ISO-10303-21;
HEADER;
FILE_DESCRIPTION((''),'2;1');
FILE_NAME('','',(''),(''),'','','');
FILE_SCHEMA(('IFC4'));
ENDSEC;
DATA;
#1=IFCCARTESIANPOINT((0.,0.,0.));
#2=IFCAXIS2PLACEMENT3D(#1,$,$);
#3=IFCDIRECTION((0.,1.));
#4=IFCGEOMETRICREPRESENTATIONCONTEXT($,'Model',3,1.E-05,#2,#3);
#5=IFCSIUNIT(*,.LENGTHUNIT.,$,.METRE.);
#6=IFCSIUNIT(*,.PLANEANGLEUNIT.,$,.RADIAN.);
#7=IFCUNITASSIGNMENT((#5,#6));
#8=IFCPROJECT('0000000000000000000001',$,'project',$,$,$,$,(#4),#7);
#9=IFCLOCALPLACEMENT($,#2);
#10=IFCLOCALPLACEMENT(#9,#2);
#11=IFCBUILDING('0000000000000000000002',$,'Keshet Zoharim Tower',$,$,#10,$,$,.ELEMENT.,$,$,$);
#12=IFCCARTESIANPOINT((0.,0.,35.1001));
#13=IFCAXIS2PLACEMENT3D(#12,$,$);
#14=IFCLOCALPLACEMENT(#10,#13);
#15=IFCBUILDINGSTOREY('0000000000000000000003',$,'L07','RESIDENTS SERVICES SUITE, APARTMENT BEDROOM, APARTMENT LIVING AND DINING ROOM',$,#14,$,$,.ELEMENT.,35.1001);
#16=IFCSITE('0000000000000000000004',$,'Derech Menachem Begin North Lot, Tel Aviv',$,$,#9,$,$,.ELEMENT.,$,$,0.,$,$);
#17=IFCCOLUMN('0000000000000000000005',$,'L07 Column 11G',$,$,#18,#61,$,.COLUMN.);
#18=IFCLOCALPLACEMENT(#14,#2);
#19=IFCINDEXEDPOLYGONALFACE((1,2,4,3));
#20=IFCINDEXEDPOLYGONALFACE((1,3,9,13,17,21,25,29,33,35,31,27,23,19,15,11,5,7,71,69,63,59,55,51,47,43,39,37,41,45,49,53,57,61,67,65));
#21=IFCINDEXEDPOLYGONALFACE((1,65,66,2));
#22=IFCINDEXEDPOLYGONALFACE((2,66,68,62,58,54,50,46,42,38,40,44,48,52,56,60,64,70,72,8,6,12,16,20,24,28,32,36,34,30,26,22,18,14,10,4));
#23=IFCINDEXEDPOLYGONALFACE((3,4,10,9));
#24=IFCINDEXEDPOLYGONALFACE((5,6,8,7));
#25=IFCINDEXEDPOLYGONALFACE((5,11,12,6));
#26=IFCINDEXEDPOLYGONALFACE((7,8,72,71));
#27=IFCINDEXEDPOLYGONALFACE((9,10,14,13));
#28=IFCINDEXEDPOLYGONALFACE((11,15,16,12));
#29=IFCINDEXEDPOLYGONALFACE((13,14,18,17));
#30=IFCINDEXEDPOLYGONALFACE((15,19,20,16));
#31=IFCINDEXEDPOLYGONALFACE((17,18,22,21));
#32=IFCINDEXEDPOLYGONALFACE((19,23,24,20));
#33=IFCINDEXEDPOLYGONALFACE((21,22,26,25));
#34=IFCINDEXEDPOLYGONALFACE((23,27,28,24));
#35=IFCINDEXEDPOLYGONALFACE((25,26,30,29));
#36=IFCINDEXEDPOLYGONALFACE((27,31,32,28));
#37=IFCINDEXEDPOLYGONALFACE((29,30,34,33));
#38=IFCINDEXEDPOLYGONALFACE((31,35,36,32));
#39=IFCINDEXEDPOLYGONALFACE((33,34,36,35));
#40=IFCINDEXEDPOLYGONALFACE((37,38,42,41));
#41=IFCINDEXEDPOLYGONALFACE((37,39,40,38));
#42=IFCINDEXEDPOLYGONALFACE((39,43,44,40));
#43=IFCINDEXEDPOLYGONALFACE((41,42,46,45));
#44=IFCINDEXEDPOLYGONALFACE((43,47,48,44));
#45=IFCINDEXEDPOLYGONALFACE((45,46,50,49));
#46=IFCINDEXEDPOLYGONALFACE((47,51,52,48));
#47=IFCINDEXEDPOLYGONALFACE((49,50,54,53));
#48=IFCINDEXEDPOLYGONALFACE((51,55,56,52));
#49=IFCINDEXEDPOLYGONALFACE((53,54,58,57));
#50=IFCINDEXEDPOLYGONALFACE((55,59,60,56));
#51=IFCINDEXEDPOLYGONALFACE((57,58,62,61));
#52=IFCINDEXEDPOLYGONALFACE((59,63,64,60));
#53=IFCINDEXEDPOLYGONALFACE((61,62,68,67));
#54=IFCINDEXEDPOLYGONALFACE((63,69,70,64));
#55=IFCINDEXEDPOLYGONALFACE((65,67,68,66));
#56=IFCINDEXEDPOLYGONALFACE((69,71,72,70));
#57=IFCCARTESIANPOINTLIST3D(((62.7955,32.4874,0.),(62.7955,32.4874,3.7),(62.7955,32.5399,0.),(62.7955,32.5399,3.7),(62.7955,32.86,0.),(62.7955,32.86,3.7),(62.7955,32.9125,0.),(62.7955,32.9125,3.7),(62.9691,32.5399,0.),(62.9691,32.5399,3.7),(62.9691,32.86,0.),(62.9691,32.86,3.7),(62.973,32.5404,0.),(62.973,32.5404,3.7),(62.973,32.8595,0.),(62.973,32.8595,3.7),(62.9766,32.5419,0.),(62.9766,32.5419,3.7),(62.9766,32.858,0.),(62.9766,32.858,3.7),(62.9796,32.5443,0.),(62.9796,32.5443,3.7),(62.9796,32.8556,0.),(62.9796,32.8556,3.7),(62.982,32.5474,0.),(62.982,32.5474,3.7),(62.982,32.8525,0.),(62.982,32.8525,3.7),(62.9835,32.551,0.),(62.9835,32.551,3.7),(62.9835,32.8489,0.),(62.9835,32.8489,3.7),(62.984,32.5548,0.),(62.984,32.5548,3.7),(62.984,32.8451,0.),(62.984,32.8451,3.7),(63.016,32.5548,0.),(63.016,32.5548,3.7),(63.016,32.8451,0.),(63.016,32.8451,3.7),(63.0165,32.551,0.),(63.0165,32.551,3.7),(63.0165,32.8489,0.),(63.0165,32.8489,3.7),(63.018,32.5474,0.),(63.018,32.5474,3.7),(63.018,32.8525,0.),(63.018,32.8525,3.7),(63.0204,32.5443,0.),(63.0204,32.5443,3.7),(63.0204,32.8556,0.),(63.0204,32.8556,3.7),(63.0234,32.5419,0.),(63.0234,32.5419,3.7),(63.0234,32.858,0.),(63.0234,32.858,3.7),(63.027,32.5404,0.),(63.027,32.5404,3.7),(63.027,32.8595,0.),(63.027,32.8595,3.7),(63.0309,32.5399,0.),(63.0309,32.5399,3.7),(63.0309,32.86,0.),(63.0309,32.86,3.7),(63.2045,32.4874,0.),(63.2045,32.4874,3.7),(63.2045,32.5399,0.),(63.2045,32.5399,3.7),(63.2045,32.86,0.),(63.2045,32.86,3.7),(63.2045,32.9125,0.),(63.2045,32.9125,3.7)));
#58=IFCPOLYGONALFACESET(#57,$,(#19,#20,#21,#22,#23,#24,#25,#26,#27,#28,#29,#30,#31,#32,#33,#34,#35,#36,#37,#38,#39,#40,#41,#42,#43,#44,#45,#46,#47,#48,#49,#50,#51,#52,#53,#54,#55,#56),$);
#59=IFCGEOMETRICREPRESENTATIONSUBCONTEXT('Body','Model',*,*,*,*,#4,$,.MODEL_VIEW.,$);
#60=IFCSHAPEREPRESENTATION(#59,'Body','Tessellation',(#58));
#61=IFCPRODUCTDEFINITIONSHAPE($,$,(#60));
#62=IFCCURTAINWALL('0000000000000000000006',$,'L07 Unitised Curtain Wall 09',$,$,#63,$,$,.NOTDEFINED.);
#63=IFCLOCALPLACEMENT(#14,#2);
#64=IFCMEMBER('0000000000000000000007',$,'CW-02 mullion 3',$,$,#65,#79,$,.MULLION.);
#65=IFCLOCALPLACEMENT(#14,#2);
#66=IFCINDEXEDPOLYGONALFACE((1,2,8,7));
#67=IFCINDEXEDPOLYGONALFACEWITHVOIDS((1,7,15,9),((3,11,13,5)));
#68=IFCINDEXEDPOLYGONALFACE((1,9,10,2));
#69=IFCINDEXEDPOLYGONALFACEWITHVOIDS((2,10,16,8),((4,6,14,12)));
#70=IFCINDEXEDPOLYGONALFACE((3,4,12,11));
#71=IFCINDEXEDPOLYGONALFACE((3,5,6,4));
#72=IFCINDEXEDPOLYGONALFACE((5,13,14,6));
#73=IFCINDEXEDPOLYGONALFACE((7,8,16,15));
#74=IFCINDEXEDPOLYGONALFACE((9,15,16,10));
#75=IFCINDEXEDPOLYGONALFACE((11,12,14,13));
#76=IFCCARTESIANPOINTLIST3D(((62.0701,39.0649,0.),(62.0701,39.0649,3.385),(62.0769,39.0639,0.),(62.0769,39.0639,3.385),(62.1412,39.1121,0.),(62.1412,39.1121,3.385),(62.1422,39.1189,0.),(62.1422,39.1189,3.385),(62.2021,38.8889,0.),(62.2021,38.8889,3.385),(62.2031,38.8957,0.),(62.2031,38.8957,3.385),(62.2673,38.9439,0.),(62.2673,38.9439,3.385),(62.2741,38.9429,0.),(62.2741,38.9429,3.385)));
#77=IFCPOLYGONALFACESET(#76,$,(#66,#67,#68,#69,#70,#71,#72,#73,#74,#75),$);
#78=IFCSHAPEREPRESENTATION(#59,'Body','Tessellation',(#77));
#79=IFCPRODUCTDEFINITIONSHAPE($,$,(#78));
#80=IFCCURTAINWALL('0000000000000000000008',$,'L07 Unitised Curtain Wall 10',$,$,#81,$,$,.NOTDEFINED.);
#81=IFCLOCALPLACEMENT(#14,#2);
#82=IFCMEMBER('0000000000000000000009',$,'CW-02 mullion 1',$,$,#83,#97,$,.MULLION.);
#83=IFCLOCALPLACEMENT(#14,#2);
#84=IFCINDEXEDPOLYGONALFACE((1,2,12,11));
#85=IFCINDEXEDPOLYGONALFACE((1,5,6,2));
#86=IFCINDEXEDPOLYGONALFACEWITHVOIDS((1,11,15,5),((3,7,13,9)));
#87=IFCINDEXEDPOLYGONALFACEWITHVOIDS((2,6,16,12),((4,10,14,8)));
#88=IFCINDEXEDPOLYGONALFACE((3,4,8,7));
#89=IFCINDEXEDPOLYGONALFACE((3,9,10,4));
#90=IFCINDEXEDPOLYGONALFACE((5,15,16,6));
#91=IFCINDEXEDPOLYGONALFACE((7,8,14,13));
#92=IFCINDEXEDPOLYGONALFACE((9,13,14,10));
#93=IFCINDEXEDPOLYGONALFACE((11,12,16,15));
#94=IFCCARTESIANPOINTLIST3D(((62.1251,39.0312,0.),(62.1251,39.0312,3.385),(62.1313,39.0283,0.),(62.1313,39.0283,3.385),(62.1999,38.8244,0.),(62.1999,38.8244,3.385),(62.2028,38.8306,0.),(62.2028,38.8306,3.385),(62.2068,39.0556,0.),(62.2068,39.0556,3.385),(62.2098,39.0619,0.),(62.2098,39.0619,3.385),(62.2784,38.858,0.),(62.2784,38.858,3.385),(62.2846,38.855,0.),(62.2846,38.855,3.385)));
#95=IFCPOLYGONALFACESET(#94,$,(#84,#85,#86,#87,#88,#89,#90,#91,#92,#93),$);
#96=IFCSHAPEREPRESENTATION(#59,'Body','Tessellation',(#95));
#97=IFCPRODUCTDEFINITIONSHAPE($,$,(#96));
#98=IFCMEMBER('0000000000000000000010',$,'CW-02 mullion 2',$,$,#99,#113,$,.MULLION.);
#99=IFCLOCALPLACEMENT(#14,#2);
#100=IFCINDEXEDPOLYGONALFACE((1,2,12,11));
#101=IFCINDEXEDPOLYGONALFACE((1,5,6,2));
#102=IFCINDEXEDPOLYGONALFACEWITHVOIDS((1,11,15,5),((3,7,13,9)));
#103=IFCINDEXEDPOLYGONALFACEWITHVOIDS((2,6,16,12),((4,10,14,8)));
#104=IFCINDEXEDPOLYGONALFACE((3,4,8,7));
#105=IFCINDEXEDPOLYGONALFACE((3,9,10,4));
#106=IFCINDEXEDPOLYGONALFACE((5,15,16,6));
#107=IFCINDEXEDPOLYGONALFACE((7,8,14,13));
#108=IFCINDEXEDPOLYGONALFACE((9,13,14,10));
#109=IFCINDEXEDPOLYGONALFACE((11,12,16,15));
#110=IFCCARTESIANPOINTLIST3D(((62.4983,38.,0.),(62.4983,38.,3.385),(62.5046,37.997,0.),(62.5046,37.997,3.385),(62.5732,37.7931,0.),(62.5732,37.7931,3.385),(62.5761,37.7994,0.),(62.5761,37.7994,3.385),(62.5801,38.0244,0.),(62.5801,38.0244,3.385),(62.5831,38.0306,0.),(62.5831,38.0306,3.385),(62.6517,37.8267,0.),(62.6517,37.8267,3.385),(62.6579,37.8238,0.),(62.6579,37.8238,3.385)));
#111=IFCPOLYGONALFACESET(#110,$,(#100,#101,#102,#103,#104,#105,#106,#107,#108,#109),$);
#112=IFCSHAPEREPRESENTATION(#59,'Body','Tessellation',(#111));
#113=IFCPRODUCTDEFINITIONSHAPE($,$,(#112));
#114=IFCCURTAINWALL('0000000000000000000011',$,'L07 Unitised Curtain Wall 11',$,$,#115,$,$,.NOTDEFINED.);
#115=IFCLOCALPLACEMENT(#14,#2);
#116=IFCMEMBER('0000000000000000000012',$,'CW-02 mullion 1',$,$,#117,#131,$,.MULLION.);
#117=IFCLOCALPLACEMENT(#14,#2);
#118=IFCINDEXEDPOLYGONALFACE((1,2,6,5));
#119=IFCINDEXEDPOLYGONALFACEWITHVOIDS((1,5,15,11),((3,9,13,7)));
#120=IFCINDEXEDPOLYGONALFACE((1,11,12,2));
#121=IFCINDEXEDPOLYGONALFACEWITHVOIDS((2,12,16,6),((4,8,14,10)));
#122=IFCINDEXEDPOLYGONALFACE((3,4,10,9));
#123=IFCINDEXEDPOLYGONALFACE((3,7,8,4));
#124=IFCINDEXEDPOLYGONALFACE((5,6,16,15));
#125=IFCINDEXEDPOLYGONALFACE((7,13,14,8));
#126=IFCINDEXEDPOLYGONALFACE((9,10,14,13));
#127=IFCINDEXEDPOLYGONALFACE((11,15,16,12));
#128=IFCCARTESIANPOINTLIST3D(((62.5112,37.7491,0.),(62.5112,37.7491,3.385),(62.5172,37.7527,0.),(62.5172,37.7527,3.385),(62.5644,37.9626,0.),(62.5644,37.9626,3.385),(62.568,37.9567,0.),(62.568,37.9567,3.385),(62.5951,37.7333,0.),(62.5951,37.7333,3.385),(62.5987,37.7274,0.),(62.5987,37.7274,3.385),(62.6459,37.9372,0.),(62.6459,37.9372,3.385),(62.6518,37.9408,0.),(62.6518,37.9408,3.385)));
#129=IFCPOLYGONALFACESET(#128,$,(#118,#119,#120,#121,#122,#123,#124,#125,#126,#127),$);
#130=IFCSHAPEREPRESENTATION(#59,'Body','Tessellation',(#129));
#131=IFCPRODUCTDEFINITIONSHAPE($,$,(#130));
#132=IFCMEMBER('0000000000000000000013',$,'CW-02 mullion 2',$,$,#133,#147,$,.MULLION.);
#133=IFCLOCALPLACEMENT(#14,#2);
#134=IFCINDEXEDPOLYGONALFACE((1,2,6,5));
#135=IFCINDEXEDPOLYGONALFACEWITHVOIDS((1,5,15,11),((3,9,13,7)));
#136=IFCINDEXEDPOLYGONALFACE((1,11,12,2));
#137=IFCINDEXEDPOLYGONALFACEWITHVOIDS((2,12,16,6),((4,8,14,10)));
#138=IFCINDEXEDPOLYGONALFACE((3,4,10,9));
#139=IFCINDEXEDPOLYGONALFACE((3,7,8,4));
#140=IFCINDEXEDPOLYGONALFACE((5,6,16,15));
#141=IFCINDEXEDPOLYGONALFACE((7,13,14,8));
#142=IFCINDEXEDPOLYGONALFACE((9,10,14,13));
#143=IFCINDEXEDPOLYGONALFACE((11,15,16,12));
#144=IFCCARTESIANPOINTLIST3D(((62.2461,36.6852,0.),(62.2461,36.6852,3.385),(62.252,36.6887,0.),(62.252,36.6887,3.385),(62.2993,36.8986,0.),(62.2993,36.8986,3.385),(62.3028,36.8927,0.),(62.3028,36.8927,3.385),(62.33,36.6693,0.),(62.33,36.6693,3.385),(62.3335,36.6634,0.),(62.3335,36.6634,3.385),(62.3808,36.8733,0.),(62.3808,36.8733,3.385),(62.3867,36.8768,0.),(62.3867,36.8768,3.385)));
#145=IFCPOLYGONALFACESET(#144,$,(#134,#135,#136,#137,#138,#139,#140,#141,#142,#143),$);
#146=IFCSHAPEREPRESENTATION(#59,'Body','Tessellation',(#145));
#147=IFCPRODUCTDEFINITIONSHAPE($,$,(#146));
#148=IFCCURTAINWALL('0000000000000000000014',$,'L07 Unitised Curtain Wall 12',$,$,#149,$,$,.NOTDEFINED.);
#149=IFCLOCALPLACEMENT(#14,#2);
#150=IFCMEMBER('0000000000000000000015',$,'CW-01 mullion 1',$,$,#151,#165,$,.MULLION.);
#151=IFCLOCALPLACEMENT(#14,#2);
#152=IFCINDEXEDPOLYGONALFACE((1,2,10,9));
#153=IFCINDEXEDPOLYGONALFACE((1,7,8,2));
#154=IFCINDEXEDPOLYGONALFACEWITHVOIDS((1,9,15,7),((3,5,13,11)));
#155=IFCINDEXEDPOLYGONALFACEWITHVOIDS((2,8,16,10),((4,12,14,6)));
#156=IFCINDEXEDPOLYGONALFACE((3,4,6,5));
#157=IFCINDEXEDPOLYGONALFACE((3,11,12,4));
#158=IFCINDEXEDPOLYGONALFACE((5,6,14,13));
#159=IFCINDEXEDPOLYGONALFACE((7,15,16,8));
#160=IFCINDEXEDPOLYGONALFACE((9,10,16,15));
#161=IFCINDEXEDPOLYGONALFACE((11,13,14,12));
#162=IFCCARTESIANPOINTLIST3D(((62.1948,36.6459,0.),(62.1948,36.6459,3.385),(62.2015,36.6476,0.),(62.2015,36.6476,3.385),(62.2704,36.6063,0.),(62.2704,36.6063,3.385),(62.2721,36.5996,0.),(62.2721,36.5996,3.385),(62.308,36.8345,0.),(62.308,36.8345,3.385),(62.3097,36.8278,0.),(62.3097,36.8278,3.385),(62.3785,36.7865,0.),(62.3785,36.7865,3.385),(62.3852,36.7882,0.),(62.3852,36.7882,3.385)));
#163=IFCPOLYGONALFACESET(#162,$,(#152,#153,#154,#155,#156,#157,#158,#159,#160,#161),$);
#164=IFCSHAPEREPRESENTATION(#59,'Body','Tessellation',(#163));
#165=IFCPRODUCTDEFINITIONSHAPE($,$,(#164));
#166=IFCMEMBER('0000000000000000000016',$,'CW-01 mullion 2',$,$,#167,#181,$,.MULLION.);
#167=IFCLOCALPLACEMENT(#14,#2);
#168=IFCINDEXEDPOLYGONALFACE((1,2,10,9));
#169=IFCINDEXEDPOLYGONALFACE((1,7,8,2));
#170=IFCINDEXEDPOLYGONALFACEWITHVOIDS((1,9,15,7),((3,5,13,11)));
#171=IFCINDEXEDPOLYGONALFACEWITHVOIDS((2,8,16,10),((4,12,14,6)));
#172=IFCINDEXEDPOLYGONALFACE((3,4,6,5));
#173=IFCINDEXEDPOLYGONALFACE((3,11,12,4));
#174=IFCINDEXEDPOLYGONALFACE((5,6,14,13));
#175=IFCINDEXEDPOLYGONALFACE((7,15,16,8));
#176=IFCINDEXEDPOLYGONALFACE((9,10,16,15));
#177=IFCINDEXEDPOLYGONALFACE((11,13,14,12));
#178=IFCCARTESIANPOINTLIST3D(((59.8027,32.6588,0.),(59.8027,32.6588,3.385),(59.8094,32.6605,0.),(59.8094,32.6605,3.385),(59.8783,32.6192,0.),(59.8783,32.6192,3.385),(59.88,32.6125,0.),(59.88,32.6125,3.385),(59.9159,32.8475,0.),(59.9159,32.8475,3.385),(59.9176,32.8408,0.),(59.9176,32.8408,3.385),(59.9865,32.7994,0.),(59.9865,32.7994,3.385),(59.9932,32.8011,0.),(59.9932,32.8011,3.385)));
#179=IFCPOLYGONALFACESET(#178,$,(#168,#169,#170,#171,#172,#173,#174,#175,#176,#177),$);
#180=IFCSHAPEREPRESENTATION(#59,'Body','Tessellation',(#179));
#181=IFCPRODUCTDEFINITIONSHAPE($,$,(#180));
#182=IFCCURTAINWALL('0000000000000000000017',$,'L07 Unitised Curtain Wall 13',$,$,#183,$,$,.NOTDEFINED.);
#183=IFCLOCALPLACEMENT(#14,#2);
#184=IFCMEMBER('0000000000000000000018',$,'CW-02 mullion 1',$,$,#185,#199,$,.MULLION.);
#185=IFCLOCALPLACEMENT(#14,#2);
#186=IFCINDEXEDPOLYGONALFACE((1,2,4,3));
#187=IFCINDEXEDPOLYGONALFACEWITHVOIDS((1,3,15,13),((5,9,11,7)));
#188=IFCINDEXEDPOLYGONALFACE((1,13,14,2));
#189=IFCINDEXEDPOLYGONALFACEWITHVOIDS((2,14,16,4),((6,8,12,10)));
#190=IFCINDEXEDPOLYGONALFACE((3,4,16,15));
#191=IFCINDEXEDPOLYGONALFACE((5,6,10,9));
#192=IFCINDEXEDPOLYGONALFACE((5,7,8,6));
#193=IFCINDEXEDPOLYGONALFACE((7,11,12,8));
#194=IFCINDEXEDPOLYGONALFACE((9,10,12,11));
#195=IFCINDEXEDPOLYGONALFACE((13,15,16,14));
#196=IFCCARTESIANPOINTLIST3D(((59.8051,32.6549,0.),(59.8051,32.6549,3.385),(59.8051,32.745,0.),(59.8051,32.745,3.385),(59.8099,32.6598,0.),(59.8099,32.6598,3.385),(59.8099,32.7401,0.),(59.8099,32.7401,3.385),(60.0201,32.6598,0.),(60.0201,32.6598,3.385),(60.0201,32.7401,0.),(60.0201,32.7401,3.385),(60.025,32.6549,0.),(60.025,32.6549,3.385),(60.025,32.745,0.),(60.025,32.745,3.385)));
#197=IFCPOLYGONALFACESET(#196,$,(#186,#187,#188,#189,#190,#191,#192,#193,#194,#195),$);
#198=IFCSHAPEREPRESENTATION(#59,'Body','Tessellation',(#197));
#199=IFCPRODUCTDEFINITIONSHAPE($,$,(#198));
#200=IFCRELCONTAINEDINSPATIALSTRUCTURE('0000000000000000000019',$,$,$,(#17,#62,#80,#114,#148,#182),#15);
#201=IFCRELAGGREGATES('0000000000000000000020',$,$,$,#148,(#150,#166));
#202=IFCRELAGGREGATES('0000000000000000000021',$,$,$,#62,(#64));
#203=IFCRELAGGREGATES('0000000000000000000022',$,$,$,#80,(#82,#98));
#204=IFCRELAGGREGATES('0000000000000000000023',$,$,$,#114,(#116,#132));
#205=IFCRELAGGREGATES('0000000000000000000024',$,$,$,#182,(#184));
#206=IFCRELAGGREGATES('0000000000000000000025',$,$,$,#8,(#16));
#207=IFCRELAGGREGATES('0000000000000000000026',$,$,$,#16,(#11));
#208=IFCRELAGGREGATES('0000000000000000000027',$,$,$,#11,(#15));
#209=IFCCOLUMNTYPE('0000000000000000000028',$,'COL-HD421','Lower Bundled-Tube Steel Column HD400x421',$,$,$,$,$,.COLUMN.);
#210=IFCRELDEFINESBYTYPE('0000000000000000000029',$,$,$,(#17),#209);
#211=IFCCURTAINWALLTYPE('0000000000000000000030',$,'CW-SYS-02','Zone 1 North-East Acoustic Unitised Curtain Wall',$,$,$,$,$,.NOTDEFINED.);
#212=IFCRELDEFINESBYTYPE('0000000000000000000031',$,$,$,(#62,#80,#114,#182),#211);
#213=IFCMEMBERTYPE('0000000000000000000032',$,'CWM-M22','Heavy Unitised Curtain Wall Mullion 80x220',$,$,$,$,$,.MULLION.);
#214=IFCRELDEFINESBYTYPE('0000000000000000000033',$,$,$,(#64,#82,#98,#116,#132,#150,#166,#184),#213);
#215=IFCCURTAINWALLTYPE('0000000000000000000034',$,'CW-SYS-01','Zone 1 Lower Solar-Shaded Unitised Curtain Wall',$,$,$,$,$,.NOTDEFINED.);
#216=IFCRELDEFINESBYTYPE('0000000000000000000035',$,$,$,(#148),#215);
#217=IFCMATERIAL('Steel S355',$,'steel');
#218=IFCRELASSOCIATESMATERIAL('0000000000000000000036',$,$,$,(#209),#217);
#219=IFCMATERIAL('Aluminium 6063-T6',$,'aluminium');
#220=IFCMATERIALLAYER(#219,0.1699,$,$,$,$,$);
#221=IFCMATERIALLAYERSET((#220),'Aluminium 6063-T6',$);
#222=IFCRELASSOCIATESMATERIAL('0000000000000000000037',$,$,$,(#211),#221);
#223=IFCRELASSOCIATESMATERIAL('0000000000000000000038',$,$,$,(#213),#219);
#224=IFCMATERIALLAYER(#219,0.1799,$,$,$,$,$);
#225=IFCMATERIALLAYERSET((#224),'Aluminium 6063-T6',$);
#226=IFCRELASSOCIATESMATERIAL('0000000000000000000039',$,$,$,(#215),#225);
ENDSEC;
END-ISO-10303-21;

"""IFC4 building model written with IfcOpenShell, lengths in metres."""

from ifc_helpers import new_model, si_unit, direction, frame, origin, origin_2d, place, context, subcontext, project, spatial, hollow_rectangle, i_section, extrude, material, layer, layer_set, material_profile, profile_set, type_object, element, aggregate, save


model = new_model("IFC4")

# Units and contexts
model_context = context("Model", 3, precision=1e-05, world=origin(), true_north=direction((0.0, 1.0)))
body_context = subcontext(model_context, "Body", "Model", "MODEL_VIEW")
ifc_project = project(units=[si_unit("LENGTHUNIT", "METRE"), si_unit("PLANEANGLEUNIT", "RADIAN")], contexts=[model_context])

# Site, building, storey
site_placement = place(None, origin())
site = spatial("IfcSite", under=ifc_project, at=site_placement, Name="Derech Menachem Begin North Lot, Tel Aviv", CompositionType="ELEMENT", RefElevation=0.0)
building_placement = place(site_placement, origin())
building = spatial("IfcBuilding", under=site, at=building_placement, Name="Keshet Zoharim Tower", CompositionType="ELEMENT")
storey_placement = place(building_placement, frame((0.0, 0.0, 35.1001)))
storey = spatial("IfcBuildingStorey", under=building, at=storey_placement, Name="L07", Description="RESIDENTS SERVICES SUITE, APARTMENT BEDROOM, APARTMENT LIVING AND DINING ROOM", CompositionType="ELEMENT", Elevation=35.1001)

# Column
ifc_material_1 = material(Name="Steel S355", Category="steel")
ifc_material_profile_1 = material_profile(ifc_material_1, i_section(OverallWidth=0.4089, OverallDepth=0.425, WebThickness=0.032, FlangeThickness=0.0525, FilletRadius=0.0149, at=origin_2d()), Name="HD400x421")
ifc_profile_set_1 = profile_set([ifc_material_profile_1], Name="Steel S355")
column_type = type_object("IfcColumnType", Name="COL-HD421", Description="Lower Bundled-Tube Steel Column HD400x421", PredefinedType="COLUMN", material=ifc_profile_set_1)
column_placement = place(storey_placement, frame((63.0, 32.7, 0.0), z_axis=(0.0, 0.0, 1.0), x_axis=(1.0, 0.0, 0.0)))
element("IfcColumn", 1, at=column_placement, inside=storey, type_object=column_type, Name="L07 Column 11G", PredefinedType="COLUMN", context=body_context, shape_type="SweptSolid", body=[
    extrude(i_section(OverallWidth=0.4089, OverallDepth=0.425, WebThickness=0.032, FlangeThickness=0.0525, FilletRadius=0.0149, at=origin_2d()), origin(), (0.0, 0.0, 1.0), 3.7),
])

# Curtain wall, member
ifc_material_2 = material(Name="Aluminium 6063-T6", Category="aluminium")
ifc_layer_1 = layer(ifc_material_2, 0.1699)
ifc_layer_set_1 = layer_set([ifc_layer_1], Name="Aluminium 6063-T6")
curtain_wall_type_1 = type_object("IfcCurtainWallType", Name="CW-SYS-02", Description="Zone 1 North-East Acoustic Unitised Curtain Wall", PredefinedType="NOTDEFINED", material=ifc_layer_set_1)
curtain_wall_1_placement = place(storey_placement, origin())
curtain_wall_1 = element("IfcCurtainWall", 2, at=curtain_wall_1_placement, inside=storey, type_object=curtain_wall_type_1, Name="L07 Unitised Curtain Wall 09", PredefinedType="NOTDEFINED")
ifc_material_profile_2 = material_profile(ifc_material_2, hollow_rectangle(XDim=0.0901, YDim=0.22, WallThickness=0.0049, at=origin_2d()), Name="MUL-90x220")
ifc_profile_set_2 = profile_set([ifc_material_profile_2], Name="Aluminium 6063-T6")
member_type_1 = type_object("IfcMemberType", Name="CWM-M22", Description="Heavy Unitised Curtain Wall Mullion 80x220", PredefinedType="MULLION", material=ifc_profile_set_2)
member_1_placement = place(storey_placement, frame((62.1721, 39.0039, 0.0), z_axis=(0.0, 0.0, 1.0), x_axis=(0.8, 0.6, 0.0)))
member_1 = element("IfcMember", 3, at=member_1_placement, type_object=member_type_1, Name="CW-02 mullion 3", PredefinedType="MULLION", context=body_context, shape_type="SweptSolid", body=[
    extrude(hollow_rectangle(XDim=0.0901, YDim=0.22, WallThickness=0.0049, at=origin_2d()), origin(), (0.0, 0.0, 1.0), 3.385),
])

# Curtain walls, members
curtain_wall_2_placement = place(storey_placement, origin())
curtain_wall_2 = element("IfcCurtainWall", 4, at=curtain_wall_2_placement, inside=storey, type_object=curtain_wall_type_1, Name="L07 Unitised Curtain Wall 10", PredefinedType="NOTDEFINED")
member_2_placement = place(storey_placement, frame((62.2048, 38.9431, 0.0), z_axis=(0.0, 0.0, 1.0), x_axis=(0.940318, 0.340297, 0.0)))
member_2 = element("IfcMember", 5, at=member_2_placement, type_object=member_type_1, Name="CW-02 mullion 1", PredefinedType="MULLION", context=body_context, shape_type="SweptSolid", body=[
    extrude(hollow_rectangle(XDim=0.0901, YDim=0.22, WallThickness=0.0049, at=origin_2d()), origin(), (0.0, 0.0, 1.0), 3.385),
])
member_3_placement = place(storey_placement, frame((62.5781, 37.9119, 0.0), z_axis=(0.0, 0.0, 1.0), x_axis=(0.940318, 0.340297, 0.0)))
member_3 = element("IfcMember", 6, at=member_3_placement, type_object=member_type_1, Name="CW-02 mullion 2", PredefinedType="MULLION", context=body_context, shape_type="SweptSolid", body=[
    extrude(hollow_rectangle(XDim=0.0901, YDim=0.22, WallThickness=0.0049, at=origin_2d()), origin(), (0.0, 0.0, 1.0), 3.385),
])
curtain_wall_3_placement = place(storey_placement, origin())
curtain_wall_3 = element("IfcCurtainWall", 7, at=curtain_wall_3_placement, inside=storey, type_object=curtain_wall_type_1, Name="L07 Unitised Curtain Wall 11", PredefinedType="NOTDEFINED")
member_4_placement = place(storey_placement, frame((62.5815, 37.845, 0.0), z_axis=(0.0, 0.0, 1.0), x_axis=(0.970344, -0.241729, 0.0)))
member_4 = element("IfcMember", 8, at=member_4_placement, type_object=member_type_1, Name="CW-02 mullion 1", PredefinedType="MULLION", context=body_context, shape_type="SweptSolid", body=[
    extrude(hollow_rectangle(XDim=0.0901, YDim=0.22, WallThickness=0.0049, at=origin_2d()), origin(), (0.0, 0.0, 1.0), 3.385),
])
member_5_placement = place(storey_placement, frame((62.3164, 36.781, 0.0), z_axis=(0.0, 0.0, 1.0), x_axis=(0.970344, -0.241729, 0.0)))
member_5 = element("IfcMember", 9, at=member_5_placement, type_object=member_type_1, Name="CW-02 mullion 2", PredefinedType="MULLION", context=body_context, shape_type="SweptSolid", body=[
    extrude(hollow_rectangle(XDim=0.0901, YDim=0.22, WallThickness=0.0049, at=origin_2d()), origin(), (0.0, 0.0, 1.0), 3.385),
])
ifc_layer_2 = layer(ifc_material_2, 0.1799)
ifc_layer_set_2 = layer_set([ifc_layer_2], Name="Aluminium 6063-T6")
curtain_wall_type_2 = type_object("IfcCurtainWallType", Name="CW-SYS-01", Description="Zone 1 Lower Solar-Shaded Unitised Curtain Wall", PredefinedType="NOTDEFINED", material=ifc_layer_set_2)
curtain_wall_4_placement = place(storey_placement, origin())
curtain_wall_4 = element("IfcCurtainWall", 10, at=curtain_wall_4_placement, inside=storey, type_object=curtain_wall_type_2, Name="L07 Unitised Curtain Wall 12", PredefinedType="NOTDEFINED")
member_6_placement = place(storey_placement, frame((62.29, 36.717, 0.0), z_axis=(0.0, 0.0, 1.0), x_axis=(0.857512, -0.514465, 0.0)))
member_6 = element("IfcMember", 11, at=member_6_placement, type_object=member_type_1, Name="CW-01 mullion 1", PredefinedType="MULLION", context=body_context, shape_type="SweptSolid", body=[
    extrude(hollow_rectangle(XDim=0.0901, YDim=0.22, WallThickness=0.0049, at=origin_2d()), origin(), (0.0, 0.0, 1.0), 3.385),
])
member_7_placement = place(storey_placement, frame((59.8979, 32.73, 0.0), z_axis=(0.0, 0.0, 1.0), x_axis=(0.857512, -0.514465, 0.0)))
member_7 = element("IfcMember", 12, at=member_7_placement, type_object=member_type_1, Name="CW-01 mullion 2", PredefinedType="MULLION", context=body_context, shape_type="SweptSolid", body=[
    extrude(hollow_rectangle(XDim=0.0901, YDim=0.22, WallThickness=0.0049, at=origin_2d()), origin(), (0.0, 0.0, 1.0), 3.385),
])
curtain_wall_5_placement = place(storey_placement, origin())
curtain_wall_5 = element("IfcCurtainWall", 13, at=curtain_wall_5_placement, inside=storey, type_object=curtain_wall_type_1, Name="L07 Unitised Curtain Wall 13", PredefinedType="NOTDEFINED")
member_8_placement = place(storey_placement, frame((59.915, 32.7, 0.0), z_axis=(0.0, 0.0, 1.0), x_axis=(0.0, 1.0, 0.0)))
member_8 = element("IfcMember", 14, at=member_8_placement, type_object=member_type_1, Name="CW-02 mullion 1", PredefinedType="MULLION", context=body_context, shape_type="SweptSolid", body=[
    extrude(hollow_rectangle(XDim=0.0901, YDim=0.22, WallThickness=0.0049, at=origin_2d()), origin(), (0.0, 0.0, 1.0), 3.385),
])

aggregate(curtain_wall_4, [member_6, member_7])
aggregate(curtain_wall_1, [member_1])
aggregate(curtain_wall_2, [member_2, member_3])
aggregate(curtain_wall_3, [member_4, member_5])
aggregate(curtain_wall_5, [member_8])

save(model, "model.ifc")
